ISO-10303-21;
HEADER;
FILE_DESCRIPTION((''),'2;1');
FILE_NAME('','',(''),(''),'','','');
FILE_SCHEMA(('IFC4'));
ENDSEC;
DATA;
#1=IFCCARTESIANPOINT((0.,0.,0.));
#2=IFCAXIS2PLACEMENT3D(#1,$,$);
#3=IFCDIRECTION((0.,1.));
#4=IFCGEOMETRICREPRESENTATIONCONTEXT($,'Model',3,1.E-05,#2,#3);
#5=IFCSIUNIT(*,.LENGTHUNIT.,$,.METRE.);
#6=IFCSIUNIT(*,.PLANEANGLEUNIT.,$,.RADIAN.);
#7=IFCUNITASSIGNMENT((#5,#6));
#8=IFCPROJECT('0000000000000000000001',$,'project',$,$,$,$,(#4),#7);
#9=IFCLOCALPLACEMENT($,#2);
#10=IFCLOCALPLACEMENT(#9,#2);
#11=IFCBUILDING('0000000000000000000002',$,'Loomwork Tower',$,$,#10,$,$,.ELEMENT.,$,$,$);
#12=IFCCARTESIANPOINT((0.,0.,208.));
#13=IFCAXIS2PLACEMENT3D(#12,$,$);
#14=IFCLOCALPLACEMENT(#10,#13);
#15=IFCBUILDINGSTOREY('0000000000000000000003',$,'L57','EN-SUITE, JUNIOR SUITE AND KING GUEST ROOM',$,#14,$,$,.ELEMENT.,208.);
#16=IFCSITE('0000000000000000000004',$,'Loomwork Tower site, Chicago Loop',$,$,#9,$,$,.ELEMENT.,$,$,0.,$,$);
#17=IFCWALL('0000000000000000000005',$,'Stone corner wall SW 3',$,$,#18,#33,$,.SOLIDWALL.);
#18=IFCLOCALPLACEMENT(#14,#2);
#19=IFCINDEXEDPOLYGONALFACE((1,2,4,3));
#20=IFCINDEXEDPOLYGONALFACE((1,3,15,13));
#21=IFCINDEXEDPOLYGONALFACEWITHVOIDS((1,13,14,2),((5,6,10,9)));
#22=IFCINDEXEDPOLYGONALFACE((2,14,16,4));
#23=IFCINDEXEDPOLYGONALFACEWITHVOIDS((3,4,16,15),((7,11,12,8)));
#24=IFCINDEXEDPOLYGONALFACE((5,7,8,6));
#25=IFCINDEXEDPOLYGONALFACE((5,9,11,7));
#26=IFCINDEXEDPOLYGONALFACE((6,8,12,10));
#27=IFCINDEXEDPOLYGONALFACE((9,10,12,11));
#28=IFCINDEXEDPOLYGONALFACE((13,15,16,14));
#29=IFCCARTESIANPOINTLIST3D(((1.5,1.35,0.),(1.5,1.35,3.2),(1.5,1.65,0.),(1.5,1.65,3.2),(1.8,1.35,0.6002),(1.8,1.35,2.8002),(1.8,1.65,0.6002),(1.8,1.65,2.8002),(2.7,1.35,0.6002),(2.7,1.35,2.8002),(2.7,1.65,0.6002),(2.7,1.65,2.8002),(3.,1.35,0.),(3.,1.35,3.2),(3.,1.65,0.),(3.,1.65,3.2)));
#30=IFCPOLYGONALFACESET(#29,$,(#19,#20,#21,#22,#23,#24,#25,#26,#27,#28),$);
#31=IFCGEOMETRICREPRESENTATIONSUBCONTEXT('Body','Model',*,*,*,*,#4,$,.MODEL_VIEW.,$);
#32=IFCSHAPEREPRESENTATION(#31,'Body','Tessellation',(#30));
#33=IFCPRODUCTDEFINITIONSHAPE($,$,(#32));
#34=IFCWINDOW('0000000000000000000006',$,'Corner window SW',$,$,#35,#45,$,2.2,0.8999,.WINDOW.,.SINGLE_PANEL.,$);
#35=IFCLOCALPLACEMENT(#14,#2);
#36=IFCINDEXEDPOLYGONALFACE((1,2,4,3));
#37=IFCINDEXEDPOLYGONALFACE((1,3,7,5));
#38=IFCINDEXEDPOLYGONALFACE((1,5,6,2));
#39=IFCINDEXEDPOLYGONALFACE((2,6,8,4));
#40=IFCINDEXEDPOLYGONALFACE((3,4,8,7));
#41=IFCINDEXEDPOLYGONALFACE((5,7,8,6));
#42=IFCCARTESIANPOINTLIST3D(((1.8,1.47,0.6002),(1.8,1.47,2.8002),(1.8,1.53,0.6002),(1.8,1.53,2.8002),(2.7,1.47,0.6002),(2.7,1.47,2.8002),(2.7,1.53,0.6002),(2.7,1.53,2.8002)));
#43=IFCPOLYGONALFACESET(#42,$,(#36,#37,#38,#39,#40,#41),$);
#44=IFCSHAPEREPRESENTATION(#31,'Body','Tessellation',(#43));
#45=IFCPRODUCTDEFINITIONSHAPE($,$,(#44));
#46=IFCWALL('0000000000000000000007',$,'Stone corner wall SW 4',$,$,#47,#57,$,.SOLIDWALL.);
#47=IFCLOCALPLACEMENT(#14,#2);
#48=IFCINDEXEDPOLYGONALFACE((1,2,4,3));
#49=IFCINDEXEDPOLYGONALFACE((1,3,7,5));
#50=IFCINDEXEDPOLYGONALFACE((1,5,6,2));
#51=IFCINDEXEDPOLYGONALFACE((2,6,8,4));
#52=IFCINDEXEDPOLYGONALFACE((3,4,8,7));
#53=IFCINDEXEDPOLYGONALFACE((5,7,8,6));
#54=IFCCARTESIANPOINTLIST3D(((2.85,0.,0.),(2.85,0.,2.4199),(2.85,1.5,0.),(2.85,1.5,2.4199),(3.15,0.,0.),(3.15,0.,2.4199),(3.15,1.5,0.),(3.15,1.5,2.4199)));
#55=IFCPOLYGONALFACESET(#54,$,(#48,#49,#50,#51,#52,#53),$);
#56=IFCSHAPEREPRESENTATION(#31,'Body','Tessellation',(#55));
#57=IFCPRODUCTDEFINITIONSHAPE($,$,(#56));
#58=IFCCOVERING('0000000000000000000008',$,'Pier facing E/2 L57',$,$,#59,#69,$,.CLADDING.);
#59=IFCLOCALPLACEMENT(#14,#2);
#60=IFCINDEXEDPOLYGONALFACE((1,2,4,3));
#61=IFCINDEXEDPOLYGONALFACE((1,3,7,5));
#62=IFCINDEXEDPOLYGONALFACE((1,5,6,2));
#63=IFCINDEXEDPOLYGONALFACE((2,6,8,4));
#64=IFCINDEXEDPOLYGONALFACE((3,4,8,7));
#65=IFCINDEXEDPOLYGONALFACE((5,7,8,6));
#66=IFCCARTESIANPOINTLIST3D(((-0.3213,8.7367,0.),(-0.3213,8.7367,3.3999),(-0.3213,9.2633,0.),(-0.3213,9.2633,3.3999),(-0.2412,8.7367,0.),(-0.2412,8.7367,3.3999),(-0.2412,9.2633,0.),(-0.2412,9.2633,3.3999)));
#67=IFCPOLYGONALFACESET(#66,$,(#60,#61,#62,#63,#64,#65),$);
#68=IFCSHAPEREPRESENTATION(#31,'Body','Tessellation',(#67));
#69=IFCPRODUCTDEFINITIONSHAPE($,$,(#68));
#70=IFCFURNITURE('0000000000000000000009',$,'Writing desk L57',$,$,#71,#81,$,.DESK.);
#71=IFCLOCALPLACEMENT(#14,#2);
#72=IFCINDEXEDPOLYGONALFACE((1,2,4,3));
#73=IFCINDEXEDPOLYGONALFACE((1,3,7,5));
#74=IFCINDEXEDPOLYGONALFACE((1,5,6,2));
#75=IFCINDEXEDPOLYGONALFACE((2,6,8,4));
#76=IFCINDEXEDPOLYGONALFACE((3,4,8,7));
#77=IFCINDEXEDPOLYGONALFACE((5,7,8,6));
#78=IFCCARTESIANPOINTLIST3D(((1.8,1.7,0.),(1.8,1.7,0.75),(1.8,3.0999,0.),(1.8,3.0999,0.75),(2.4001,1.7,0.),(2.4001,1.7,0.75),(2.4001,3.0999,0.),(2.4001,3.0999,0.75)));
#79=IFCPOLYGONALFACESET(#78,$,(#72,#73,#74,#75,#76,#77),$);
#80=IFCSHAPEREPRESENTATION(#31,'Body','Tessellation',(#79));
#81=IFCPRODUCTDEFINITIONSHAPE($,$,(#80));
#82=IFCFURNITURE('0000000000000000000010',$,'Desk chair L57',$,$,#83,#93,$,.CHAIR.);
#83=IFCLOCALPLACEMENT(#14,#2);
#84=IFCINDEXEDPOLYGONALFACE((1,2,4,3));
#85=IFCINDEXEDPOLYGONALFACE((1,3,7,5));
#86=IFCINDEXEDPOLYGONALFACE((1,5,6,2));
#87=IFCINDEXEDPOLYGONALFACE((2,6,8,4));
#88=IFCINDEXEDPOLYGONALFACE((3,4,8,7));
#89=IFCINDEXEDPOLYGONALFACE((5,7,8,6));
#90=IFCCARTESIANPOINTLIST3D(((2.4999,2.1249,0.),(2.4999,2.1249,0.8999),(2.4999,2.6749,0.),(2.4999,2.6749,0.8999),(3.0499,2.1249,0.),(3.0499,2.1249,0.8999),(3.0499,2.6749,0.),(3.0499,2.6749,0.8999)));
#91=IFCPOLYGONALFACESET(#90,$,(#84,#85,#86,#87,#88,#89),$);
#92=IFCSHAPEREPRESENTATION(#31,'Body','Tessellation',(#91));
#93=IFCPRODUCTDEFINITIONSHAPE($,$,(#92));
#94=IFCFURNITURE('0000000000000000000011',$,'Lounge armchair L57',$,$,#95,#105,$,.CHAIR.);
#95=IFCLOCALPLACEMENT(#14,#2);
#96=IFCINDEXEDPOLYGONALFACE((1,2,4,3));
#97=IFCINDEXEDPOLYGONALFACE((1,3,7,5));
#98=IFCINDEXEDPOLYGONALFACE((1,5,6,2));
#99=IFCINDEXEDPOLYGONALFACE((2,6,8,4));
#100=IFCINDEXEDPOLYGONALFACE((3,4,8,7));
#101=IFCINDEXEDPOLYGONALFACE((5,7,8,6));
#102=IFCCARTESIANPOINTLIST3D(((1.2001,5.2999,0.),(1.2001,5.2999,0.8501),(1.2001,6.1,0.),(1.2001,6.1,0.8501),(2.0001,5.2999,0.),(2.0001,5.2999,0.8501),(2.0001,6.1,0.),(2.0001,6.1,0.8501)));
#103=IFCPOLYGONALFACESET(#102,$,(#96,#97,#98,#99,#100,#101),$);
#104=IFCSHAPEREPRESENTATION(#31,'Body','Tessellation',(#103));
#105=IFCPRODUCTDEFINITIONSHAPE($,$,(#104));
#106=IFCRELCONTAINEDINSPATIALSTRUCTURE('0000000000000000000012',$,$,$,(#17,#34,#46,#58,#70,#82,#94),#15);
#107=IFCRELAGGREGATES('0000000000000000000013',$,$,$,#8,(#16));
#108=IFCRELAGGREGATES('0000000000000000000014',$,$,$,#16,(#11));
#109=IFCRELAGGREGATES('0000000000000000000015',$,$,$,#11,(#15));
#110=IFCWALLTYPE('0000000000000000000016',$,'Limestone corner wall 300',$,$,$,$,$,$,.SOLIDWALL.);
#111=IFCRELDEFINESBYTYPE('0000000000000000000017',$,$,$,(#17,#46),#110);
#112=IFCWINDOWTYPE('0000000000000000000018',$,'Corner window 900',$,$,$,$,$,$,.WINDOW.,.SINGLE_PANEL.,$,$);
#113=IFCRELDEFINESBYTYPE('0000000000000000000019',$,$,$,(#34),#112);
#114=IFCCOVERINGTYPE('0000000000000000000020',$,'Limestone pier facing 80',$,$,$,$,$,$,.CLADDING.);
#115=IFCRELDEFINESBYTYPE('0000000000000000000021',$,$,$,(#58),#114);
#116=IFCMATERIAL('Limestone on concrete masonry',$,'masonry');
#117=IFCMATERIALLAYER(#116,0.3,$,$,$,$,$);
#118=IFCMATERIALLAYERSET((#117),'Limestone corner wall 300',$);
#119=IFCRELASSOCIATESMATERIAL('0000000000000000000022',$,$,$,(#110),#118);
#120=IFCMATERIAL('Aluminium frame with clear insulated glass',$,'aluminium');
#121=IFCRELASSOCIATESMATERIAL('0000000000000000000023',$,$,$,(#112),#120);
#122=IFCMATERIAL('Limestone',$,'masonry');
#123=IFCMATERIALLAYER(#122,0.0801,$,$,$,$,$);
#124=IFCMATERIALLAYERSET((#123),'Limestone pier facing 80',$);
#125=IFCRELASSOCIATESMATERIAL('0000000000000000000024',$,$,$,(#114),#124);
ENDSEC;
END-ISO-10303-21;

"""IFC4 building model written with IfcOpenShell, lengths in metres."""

from ifc_helpers import new_model, si_unit, direction, frame, frame_2d, origin, origin_2d, place, context, subcontext, project, spatial, rectangle, extrude, material, layer, layer_set, type_object, element, fill, save


model = new_model("IFC4")

# Units and contexts
model_context = context("Model", 3, precision=1e-05, world=origin(), true_north=direction((0.0, 1.0)))
body_context = subcontext(model_context, "Body", "Model", "MODEL_VIEW")
ifc_project = project(units=[si_unit("LENGTHUNIT", "METRE"), si_unit("PLANEANGLEUNIT", "RADIAN")], contexts=[model_context])

# Site, building, storey
site_placement = place(None, origin())
site = spatial("IfcSite", under=ifc_project, at=site_placement, Name="Loomwork Tower site, Chicago Loop", CompositionType="ELEMENT", RefElevation=0.0)
building_placement = place(site_placement, origin())
building = spatial("IfcBuilding", under=site, at=building_placement, Name="Loomwork Tower", CompositionType="ELEMENT")
storey_placement = place(building_placement, frame((0.0, 0.0, 208.0)))
storey = spatial("IfcBuildingStorey", under=building, at=storey_placement, Name="L57", Description="EN-SUITE, JUNIOR SUITE AND KING GUEST ROOM", CompositionType="ELEMENT", Elevation=208.0)

# Shared definitions
ifc_material_1 = material(Name="Limestone on concrete masonry", Category="masonry")
ifc_layer_1 = layer(ifc_material_1, 0.3)
ifc_layer_set_1 = layer_set([ifc_layer_1], Name="Limestone corner wall 300")
wall_type_1 = type_object("IfcWallType", Name="Limestone corner wall 300", PredefinedType="SOLIDWALL", material=ifc_layer_set_1)

# Wall, opening, window
ifc_material_2 = material(Name="Aluminium frame with clear insulated glass", Category="aluminium")
window_type_1 = type_object("IfcWindowType", Name="Corner window 900", PartitioningType="SINGLE_PANEL", PredefinedType="WINDOW", material=ifc_material_2)
wall_1_placement = place(storey_placement, frame((1.5, 1.5, 0.0), z_axis=(0.0, 0.0, 1.0), x_axis=(1.0, 0.0, 0.0)))
wall_1 = element("IfcWall", 1, at=wall_1_placement, inside=storey, type_object=wall_type_1, Name="Stone corner wall SW 3", PredefinedType="SOLIDWALL", context=body_context, shape_type="SweptSolid", body=[
    extrude(rectangle(XDim=1.5, YDim=0.3, at=frame_2d((0.75, 0.0))), origin(), (0.0, 0.0, 1.0), 3.2),
])
opening_1_placement = place(wall_1_placement, frame((0.3, 0.0, 0.6001)))
opening_1 = element("IfcOpeningElement", 2, at=opening_1_placement, cuts=wall_1, PredefinedType="OPENING", context=body_context, shape_type="SweptSolid", body=[
    extrude(rectangle(XDim=0.8999, YDim=2.2, at=frame_2d((0.45, 1.1001))), frame((0.0, 0.1599, 0.0), z_axis=(0.0, -1.0, 0.0), x_axis=(1.0, 0.0, 0.0)), (0.0, 0.0, 1.0), 0.3201),
])
window_1_placement = place(opening_1_placement, origin())
window_1 = element("IfcWindow", 3, at=window_1_placement, inside=storey, type_object=window_type_1, Name="Corner window SW", OverallHeight=2.2, OverallWidth=0.8999, PartitioningType="SINGLE_PANEL", PredefinedType="WINDOW", context=body_context, shape_type="SweptSolid", body=[
    extrude(rectangle(XDim=0.8999, YDim=2.2, at=frame_2d((0.45, 1.1001))), frame((0.0, 0.03, 0.0), z_axis=(0.0, -1.0, 0.0), x_axis=(1.0, 0.0, 0.0)), (0.0, 0.0, 1.0), 0.0601),
])
fill(opening_1, window_1)

# Wall
wall_2_placement = place(storey_placement, frame((3.0, 1.5, 0.0), z_axis=(0.0, 0.0, 1.0), x_axis=(0.0, -1.0, 0.0)))
element("IfcWall", 4, at=wall_2_placement, inside=storey, type_object=wall_type_1, Name="Stone corner wall SW 4", PredefinedType="SOLIDWALL", context=body_context, shape_type="SweptSolid", body=[
    extrude(rectangle(XDim=1.5, YDim=0.3, at=frame_2d((0.75, 0.0))), origin(), (0.0, 0.0, 1.0), 2.4199),
])

# Covering
ifc_material_3 = material(Name="Limestone", Category="masonry")
ifc_layer_2 = layer(ifc_material_3, 0.0801)
ifc_layer_set_2 = layer_set([ifc_layer_2], Name="Limestone pier facing 80")
covering_type = type_object("IfcCoveringType", Name="Limestone pier facing 80", PredefinedType="CLADDING", material=ifc_layer_set_2)
covering_placement = place(storey_placement, frame((-0.2812, 9.0, 0.0), z_axis=(0.0, 0.0, 1.0), x_axis=(1.0, 0.0, 0.0)))
element("IfcCovering", 5, at=covering_placement, inside=storey, type_object=covering_type, Name="Pier facing E/2 L57", PredefinedType="CLADDING", context=body_context, shape_type="SweptSolid", body=[
    extrude(rectangle(XDim=0.0801, YDim=0.5266, at=origin_2d()), origin(), (0.0, 0.0, 1.0), 3.3999),
])

# Furniture
furniture_1_placement = place(storey_placement, frame((2.1001, 2.3999, 0.0), z_axis=(0.0, 0.0, 1.0), x_axis=(1.0, 0.0, 0.0)))
element("IfcFurniture", 6, at=furniture_1_placement, inside=storey, Name="Writing desk L57", PredefinedType="DESK", context=body_context, shape_type="SweptSolid", body=[
    extrude(rectangle(XDim=0.6001, YDim=1.3999, at=origin_2d()), origin(), (0.0, 0.0, 1.0), 0.75),
])
furniture_2_placement = place(storey_placement, frame((2.7749, 2.3999, 0.0), z_axis=(0.0, 0.0, 1.0), x_axis=(1.0, 0.0, 0.0)))
element("IfcFurniture", 7, at=furniture_2_placement, inside=storey, Name="Desk chair L57", PredefinedType="CHAIR", context=body_context, shape_type="SweptSolid", body=[
    extrude(rectangle(XDim=0.55, YDim=0.55, at=origin_2d()), origin(), (0.0, 0.0, 1.0), 0.8999),
])
furniture_3_placement = place(storey_placement, frame((1.6001, 5.7, 0.0), z_axis=(0.0, 0.0, 1.0), x_axis=(1.0, 0.0, 0.0)))
element("IfcFurniture", 8, at=furniture_3_placement, inside=storey, Name="Lounge armchair L57", PredefinedType="CHAIR", context=body_context, shape_type="SweptSolid", body=[
    extrude(rectangle(XDim=0.8, YDim=0.8, at=origin_2d()), origin(), (0.0, 0.0, 1.0), 0.8501),
])

save(model, "model.ifc")
